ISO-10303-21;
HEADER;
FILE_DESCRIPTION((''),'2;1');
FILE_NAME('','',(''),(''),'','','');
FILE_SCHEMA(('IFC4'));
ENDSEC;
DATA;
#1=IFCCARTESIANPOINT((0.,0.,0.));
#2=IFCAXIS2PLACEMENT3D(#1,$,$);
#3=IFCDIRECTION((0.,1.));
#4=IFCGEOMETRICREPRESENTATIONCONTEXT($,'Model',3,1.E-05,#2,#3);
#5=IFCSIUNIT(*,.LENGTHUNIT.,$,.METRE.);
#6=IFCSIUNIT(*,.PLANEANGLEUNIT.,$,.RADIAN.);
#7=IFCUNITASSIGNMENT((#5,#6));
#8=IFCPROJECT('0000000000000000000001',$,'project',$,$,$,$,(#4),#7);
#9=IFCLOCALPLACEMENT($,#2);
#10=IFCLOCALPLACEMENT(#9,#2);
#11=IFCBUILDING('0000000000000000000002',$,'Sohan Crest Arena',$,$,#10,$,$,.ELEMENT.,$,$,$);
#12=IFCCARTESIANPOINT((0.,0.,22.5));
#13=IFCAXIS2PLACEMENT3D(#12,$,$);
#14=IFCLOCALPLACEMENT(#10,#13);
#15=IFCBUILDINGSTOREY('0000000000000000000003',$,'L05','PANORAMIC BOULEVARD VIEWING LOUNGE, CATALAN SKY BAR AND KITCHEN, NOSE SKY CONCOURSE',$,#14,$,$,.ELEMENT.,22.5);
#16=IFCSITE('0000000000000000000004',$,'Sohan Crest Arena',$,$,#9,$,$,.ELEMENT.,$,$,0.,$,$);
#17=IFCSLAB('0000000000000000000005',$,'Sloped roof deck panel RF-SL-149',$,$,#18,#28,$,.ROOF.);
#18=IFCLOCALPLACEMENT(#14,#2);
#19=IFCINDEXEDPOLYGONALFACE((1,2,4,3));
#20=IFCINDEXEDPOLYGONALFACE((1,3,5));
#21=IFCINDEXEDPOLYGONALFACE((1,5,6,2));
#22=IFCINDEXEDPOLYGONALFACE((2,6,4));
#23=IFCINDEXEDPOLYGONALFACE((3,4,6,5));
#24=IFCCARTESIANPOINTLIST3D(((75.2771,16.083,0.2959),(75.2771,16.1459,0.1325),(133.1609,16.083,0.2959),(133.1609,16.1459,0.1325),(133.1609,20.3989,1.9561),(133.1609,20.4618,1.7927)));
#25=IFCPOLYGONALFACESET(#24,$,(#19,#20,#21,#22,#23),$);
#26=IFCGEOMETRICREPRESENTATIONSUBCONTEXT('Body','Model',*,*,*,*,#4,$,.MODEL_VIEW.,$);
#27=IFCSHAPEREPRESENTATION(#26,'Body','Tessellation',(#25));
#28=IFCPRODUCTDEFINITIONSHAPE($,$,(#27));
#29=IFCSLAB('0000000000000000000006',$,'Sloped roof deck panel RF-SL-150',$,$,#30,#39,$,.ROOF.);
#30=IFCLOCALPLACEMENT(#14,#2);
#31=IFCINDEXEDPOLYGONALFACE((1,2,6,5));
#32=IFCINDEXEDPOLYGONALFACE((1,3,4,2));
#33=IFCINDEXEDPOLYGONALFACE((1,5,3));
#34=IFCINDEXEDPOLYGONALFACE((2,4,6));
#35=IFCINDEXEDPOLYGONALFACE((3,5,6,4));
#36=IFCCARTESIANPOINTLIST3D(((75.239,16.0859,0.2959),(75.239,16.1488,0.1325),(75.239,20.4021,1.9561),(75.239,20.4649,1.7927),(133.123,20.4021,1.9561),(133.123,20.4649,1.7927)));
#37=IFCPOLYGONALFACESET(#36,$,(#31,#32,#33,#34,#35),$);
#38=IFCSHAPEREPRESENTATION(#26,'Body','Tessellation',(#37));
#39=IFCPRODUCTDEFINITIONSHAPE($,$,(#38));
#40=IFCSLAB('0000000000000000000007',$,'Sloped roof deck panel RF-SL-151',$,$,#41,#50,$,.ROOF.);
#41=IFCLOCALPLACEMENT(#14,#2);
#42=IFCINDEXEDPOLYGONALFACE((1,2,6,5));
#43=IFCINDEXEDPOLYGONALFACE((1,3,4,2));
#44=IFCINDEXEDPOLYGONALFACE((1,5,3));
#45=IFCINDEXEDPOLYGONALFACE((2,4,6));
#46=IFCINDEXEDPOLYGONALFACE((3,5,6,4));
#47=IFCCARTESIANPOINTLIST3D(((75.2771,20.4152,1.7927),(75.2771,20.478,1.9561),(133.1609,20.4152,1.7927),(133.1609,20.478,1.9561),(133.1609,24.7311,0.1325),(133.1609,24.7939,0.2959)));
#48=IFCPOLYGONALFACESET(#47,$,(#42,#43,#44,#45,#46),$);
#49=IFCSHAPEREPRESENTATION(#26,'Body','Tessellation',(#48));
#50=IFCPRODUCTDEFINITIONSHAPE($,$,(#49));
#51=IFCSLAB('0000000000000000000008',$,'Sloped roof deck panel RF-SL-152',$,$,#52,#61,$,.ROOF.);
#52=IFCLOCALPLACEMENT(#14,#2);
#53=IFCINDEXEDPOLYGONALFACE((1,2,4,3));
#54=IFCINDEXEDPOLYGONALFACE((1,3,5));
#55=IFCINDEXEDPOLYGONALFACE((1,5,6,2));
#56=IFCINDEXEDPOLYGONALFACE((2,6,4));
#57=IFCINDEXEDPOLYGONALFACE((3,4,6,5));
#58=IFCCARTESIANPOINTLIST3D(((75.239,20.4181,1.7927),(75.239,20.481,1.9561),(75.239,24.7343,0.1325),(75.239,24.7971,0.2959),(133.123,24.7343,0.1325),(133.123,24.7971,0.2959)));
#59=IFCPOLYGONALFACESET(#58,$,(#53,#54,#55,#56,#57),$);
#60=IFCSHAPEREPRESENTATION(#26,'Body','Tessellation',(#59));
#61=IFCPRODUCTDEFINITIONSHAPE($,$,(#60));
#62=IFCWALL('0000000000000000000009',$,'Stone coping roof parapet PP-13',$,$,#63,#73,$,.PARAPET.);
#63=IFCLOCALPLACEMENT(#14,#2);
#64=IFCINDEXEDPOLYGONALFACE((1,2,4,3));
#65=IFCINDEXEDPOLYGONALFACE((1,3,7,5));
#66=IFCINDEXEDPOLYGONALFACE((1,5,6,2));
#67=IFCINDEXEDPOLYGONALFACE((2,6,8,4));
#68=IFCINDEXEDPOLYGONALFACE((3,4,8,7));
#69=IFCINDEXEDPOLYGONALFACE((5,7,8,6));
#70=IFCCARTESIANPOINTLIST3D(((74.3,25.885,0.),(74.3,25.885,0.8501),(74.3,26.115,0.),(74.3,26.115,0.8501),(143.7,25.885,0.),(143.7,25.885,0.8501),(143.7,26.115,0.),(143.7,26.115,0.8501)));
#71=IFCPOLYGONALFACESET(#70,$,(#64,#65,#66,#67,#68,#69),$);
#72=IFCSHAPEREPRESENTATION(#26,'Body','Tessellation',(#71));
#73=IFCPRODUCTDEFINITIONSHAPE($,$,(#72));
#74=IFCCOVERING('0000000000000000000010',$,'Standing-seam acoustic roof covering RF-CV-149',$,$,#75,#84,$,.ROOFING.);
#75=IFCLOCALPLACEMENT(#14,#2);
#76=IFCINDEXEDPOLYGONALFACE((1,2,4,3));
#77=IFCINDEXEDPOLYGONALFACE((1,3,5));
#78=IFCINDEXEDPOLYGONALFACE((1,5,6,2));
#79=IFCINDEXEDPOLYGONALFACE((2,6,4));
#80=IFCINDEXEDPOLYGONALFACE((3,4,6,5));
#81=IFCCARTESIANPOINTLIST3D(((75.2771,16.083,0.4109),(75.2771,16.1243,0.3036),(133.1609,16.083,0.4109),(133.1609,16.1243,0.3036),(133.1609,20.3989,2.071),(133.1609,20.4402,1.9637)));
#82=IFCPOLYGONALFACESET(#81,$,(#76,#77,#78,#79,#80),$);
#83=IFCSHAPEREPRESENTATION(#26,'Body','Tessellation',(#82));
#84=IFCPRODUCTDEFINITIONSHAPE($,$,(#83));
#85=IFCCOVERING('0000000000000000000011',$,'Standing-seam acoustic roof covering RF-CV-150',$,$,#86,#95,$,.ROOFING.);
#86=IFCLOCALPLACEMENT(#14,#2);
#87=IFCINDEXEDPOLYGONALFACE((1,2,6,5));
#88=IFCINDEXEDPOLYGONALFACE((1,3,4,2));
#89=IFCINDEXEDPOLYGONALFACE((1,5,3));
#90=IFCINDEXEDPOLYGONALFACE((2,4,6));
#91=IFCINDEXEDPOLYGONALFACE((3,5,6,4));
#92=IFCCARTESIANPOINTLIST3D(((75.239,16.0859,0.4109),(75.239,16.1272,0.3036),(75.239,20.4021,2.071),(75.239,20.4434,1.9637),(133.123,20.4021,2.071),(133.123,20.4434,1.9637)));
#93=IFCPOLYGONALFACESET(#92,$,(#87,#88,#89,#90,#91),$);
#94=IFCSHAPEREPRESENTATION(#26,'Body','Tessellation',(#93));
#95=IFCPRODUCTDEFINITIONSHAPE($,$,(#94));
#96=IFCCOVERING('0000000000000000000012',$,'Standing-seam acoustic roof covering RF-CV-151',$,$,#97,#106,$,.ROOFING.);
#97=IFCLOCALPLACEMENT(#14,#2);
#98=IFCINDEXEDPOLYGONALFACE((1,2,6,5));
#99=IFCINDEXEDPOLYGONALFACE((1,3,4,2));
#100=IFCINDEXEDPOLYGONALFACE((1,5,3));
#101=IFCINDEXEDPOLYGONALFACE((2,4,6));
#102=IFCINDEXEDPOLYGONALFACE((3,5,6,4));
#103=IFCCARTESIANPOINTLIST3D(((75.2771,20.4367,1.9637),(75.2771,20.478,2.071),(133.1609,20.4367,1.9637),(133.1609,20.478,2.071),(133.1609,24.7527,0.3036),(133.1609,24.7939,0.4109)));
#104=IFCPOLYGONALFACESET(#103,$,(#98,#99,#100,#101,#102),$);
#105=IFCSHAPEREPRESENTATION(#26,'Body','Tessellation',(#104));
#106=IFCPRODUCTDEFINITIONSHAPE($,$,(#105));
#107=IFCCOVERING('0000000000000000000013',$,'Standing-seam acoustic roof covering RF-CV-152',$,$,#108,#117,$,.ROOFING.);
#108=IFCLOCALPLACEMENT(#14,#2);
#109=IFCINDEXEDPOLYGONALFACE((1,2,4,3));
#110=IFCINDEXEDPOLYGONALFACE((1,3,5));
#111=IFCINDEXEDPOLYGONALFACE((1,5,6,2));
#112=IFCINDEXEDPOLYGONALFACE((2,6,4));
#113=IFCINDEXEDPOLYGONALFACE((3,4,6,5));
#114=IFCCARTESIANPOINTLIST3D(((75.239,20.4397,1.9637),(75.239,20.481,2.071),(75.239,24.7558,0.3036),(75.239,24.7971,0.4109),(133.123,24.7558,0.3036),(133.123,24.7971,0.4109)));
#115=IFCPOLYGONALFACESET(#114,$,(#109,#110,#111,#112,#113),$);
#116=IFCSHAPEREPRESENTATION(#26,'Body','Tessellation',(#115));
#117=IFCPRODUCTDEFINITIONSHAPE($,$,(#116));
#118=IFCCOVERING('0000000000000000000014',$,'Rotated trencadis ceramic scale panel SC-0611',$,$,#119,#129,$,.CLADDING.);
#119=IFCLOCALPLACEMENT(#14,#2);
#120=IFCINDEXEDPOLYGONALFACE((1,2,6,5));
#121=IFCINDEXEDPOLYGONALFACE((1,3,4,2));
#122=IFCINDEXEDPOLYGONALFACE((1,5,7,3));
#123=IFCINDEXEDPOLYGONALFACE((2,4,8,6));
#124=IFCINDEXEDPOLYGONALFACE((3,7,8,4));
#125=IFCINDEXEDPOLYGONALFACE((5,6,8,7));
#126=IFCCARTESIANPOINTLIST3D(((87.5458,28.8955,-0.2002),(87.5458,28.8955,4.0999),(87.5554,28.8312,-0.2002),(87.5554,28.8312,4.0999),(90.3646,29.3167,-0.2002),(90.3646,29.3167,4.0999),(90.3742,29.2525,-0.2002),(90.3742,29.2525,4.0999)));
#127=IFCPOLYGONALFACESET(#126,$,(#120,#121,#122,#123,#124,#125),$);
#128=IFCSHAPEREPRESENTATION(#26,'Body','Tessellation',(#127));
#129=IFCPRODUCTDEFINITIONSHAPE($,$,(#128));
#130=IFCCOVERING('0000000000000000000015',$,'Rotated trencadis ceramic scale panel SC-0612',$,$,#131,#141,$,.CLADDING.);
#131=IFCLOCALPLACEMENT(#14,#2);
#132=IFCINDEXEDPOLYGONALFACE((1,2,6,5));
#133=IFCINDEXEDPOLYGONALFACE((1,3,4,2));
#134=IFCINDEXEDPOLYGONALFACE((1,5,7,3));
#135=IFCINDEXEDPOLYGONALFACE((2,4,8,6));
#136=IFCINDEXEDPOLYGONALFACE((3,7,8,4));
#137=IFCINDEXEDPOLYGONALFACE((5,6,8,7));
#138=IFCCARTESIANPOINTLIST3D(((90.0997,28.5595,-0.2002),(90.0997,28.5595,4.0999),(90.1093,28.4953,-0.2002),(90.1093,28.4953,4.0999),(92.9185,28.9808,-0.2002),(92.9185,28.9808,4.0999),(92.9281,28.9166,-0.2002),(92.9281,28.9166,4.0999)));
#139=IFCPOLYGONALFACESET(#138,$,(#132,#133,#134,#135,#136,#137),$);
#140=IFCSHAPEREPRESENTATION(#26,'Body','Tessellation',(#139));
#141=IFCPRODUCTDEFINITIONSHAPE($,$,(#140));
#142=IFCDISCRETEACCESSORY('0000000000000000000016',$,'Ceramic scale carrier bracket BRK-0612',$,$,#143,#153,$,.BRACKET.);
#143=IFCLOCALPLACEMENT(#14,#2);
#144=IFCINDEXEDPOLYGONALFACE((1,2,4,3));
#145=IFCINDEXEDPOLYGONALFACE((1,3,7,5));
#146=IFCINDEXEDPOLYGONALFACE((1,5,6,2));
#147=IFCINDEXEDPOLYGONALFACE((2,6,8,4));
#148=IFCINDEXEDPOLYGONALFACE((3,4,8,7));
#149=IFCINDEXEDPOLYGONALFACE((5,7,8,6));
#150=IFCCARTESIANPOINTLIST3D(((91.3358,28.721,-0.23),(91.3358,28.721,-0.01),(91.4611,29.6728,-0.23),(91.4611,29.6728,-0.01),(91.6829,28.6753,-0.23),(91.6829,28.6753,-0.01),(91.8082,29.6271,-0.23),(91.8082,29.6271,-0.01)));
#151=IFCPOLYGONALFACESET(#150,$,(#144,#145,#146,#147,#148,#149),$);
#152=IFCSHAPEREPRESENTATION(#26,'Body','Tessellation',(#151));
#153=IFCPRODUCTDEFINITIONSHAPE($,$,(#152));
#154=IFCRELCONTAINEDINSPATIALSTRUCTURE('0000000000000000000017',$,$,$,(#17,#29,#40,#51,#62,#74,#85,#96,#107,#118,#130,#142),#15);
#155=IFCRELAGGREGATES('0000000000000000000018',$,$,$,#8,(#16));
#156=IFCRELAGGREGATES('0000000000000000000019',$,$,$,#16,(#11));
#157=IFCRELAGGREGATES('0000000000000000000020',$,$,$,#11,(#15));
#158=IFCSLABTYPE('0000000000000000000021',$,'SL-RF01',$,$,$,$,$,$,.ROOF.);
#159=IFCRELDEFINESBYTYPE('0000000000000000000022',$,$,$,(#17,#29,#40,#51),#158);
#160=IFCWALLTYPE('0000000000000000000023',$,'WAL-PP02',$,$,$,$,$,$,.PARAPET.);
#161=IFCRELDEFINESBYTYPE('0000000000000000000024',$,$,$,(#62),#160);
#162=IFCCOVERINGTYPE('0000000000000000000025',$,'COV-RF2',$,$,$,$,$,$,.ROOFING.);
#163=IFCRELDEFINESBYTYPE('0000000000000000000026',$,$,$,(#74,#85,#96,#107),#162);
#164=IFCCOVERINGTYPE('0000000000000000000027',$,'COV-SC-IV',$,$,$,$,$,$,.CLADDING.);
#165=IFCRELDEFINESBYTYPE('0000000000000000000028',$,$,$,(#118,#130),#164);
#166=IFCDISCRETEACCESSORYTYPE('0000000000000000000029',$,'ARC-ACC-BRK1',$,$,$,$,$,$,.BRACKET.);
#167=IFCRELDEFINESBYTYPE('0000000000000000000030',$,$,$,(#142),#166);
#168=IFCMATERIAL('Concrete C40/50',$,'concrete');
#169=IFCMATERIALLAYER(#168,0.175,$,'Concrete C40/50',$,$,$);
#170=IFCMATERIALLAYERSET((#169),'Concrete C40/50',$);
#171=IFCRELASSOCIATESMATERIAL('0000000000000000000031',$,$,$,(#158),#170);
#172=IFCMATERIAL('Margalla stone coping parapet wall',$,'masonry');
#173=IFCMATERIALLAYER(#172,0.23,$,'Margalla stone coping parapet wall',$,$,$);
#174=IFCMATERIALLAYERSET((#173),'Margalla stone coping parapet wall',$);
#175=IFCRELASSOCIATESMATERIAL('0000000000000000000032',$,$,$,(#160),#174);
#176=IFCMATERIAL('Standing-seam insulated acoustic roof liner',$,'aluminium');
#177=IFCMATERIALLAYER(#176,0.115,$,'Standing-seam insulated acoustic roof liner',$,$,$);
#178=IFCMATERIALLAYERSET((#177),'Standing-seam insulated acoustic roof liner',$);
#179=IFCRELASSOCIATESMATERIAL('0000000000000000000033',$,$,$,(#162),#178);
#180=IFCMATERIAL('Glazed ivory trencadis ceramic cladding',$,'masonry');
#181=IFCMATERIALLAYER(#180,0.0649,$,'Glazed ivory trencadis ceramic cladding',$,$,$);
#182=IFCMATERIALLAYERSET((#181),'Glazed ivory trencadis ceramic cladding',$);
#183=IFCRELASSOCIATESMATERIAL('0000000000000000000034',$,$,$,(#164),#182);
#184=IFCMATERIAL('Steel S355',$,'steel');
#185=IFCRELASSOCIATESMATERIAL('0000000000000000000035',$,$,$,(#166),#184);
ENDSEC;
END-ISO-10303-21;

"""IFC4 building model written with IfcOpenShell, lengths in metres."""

from ifc_helpers import new_model, si_unit, direction, frame, frame_2d, origin, origin_2d, place, context, subcontext, project, spatial, polyline, rectangle, outline, extrude, material, layer, layer_set, type_object, element, save


model = new_model("IFC4")

# Units and contexts
model_context = context("Model", 3, precision=1e-05, world=origin(), true_north=direction((0.0, 1.0)))
body_context = subcontext(model_context, "Body", "Model", "MODEL_VIEW")
ifc_project = project(units=[si_unit("LENGTHUNIT", "METRE"), si_unit("PLANEANGLEUNIT", "RADIAN")], contexts=[model_context])

# Site, building, storey
site_placement = place(None, origin())
site = spatial("IfcSite", under=ifc_project, at=site_placement, Name="Sohan Crest Arena", CompositionType="ELEMENT", RefElevation=0.0)
building_placement = place(site_placement, origin())
building = spatial("IfcBuilding", under=site, at=building_placement, Name="Sohan Crest Arena", CompositionType="ELEMENT")
storey_placement = place(building_placement, frame((0.0, 0.0, 22.5)))
storey = spatial("IfcBuildingStorey", under=building, at=storey_placement, Name="L05", Description="PANORAMIC BOULEVARD VIEWING LOUNGE, CATALAN SKY BAR AND KITCHEN, NOSE SKY CONCOURSE", CompositionType="ELEMENT", Elevation=22.5)

# Shared definitions
ifc_material_1 = material(Name="Steel S355", Category="steel")

# Slabs
ifc_material_2 = material(Name="Concrete C40/50", Category="concrete")
ifc_layer_1 = layer(ifc_material_2, 0.175, Name="Concrete C40/50")
ifc_layer_set_1 = layer_set([ifc_layer_1], Name="Concrete C40/50")
slab_type = type_object("IfcSlabType", Name="SL-RF01", PredefinedType="ROOF", material=ifc_layer_set_1)
slab_1_placement = place(storey_placement, frame((75.2771, 16.083, 0.2959), z_axis=(0.0, -0.359014, 0.933332), x_axis=(1.0, 0.0, 0.0)))
element("IfcSlab", 1, at=slab_1_placement, inside=storey, type_object=slab_type, Name="Sloped roof deck panel RF-SL-149", PredefinedType="ROOF", context=body_context, shape_type="SweptSolid", body=[
    extrude(outline(polyline([(0.0, 0.0), (57.8838, 0.0), (57.8838, 4.6242), (0.0, 0.0)])), origin(), (0.0, 0.0, -1.0), 0.175),
])
slab_2_placement = place(storey_placement, frame((75.239, 16.0859, 0.2959), z_axis=(0.0, -0.358997, 0.933339), x_axis=(0.996824, 0.074329, 0.02859)))
element("IfcSlab", 2, at=slab_2_placement, inside=storey, type_object=slab_type, Name="Sloped roof deck panel RF-SL-150", PredefinedType="ROOF", context=body_context, shape_type="SweptSolid", body=[
    extrude(outline(polyline([(0.0, 0.0), (58.0685, 0.0), (0.3683, 4.6097), (0.0, 0.0)])), origin(), (0.0, 0.0, -1.0), 0.175),
])
slab_3_placement = place(storey_placement, frame((75.2771, 20.478, 1.9561), z_axis=(0.0, 0.359014, 0.933332), x_axis=(1.0, 0.0, 0.0)))
element("IfcSlab", 3, at=slab_3_placement, inside=storey, type_object=slab_type, Name="Sloped roof deck panel RF-SL-151", PredefinedType="ROOF", context=body_context, shape_type="SweptSolid", body=[
    extrude(outline(polyline([(0.0, 0.0), (57.8838, 0.0), (57.8838, 4.6242), (0.0, 0.0)])), origin(), (0.0, 0.0, -1.0), 0.175),
])
slab_4_placement = place(storey_placement, frame((75.239, 20.481, 1.9561), z_axis=(0.0, 0.358997, 0.933339), x_axis=(0.996824, 0.074329, -0.02859)))
element("IfcSlab", 4, at=slab_4_placement, inside=storey, type_object=slab_type, Name="Sloped roof deck panel RF-SL-152", PredefinedType="ROOF", context=body_context, shape_type="SweptSolid", body=[
    extrude(outline(polyline([(0.0, 0.0), (58.0685, 0.0), (0.3683, 4.6097), (0.0, 0.0)])), origin(), (0.0, 0.0, -1.0), 0.175),
])

# Wall
ifc_material_3 = material(Name="Margalla stone coping parapet wall", Category="masonry")
ifc_layer_2 = layer(ifc_material_3, 0.23, Name="Margalla stone coping parapet wall")
ifc_layer_set_2 = layer_set([ifc_layer_2], Name="Margalla stone coping parapet wall")
wall_type = type_object("IfcWallType", Name="WAL-PP02", PredefinedType="PARAPET", material=ifc_layer_set_2)
wall_placement = place(storey_placement, frame((74.3, 26.0, 0.0), z_axis=(0.0, 0.0, 1.0), x_axis=(1.0, 0.0, 0.0)))
element("IfcWall", 5, at=wall_placement, inside=storey, type_object=wall_type, Name="Stone coping roof parapet PP-13", PredefinedType="PARAPET", context=body_context, shape_type="SweptSolid", body=[
    extrude(rectangle(XDim=69.3999, YDim=0.23, at=frame_2d((34.7, 0.0))), origin(), (0.0, 0.0, 1.0), 0.8501),
])

# Coverings
ifc_material_4 = material(Name="Standing-seam insulated acoustic roof liner", Category="aluminium")
ifc_layer_3 = layer(ifc_material_4, 0.115, Name="Standing-seam insulated acoustic roof liner")
ifc_layer_set_3 = layer_set([ifc_layer_3], Name="Standing-seam insulated acoustic roof liner")
covering_type_1 = type_object("IfcCoveringType", Name="COV-RF2", PredefinedType="ROOFING", material=ifc_layer_set_3)
covering_1_placement = place(storey_placement, frame((75.2771, 16.083, 0.4109), z_axis=(0.0, -0.359014, 0.933332), x_axis=(1.0, 0.0, 0.0)))
element("IfcCovering", 6, at=covering_1_placement, inside=storey, type_object=covering_type_1, Name="Standing-seam acoustic roof covering RF-CV-149", PredefinedType="ROOFING", context=body_context, shape_type="SweptSolid", body=[
    extrude(outline(polyline([(0.0, 0.0), (57.8838, 0.0), (57.8838, 4.6242), (0.0, 0.0)])), origin(), (0.0, 0.0, -1.0), 0.115),
])
covering_2_placement = place(storey_placement, frame((75.239, 16.0859, 0.4109), z_axis=(0.0, -0.358997, 0.933339), x_axis=(0.996824, 0.074329, 0.02859)))
element("IfcCovering", 7, at=covering_2_placement, inside=storey, type_object=covering_type_1, Name="Standing-seam acoustic roof covering RF-CV-150", PredefinedType="ROOFING", context=body_context, shape_type="SweptSolid", body=[
    extrude(outline(polyline([(0.0, 0.0), (58.0685, 0.0), (0.3683, 4.6097), (0.0, 0.0)])), origin(), (0.0, 0.0, -1.0), 0.115),
])
covering_3_placement = place(storey_placement, frame((75.2771, 20.478, 2.071), z_axis=(0.0, 0.359014, 0.933332), x_axis=(1.0, 0.0, 0.0)))
element("IfcCovering", 8, at=covering_3_placement, inside=storey, type_object=covering_type_1, Name="Standing-seam acoustic roof covering RF-CV-151", PredefinedType="ROOFING", context=body_context, shape_type="SweptSolid", body=[
    extrude(outline(polyline([(0.0, 0.0), (57.8838, 0.0), (57.8838, 4.6242), (0.0, 0.0)])), origin(), (0.0, 0.0, -1.0), 0.115),
])
covering_4_placement = place(storey_placement, frame((75.239, 20.481, 2.071), z_axis=(0.0, 0.358997, 0.933339), x_axis=(0.996824, 0.074329, -0.02859)))
element("IfcCovering", 9, at=covering_4_placement, inside=storey, type_object=covering_type_1, Name="Standing-seam acoustic roof covering RF-CV-152", PredefinedType="ROOFING", context=body_context, shape_type="SweptSolid", body=[
    extrude(outline(polyline([(0.0, 0.0), (58.0685, 0.0), (0.3683, 4.6097), (0.0, 0.0)])), origin(), (0.0, 0.0, -1.0), 0.115),
])
ifc_material_5 = material(Name="Glazed ivory trencadis ceramic cladding", Category="masonry")
ifc_layer_4 = layer(ifc_material_5, 0.0649, Name="Glazed ivory trencadis ceramic cladding")
ifc_layer_set_4 = layer_set([ifc_layer_4], Name="Glazed ivory trencadis ceramic cladding")
covering_type_2 = type_object("IfcCoveringType", Name="COV-SC-IV", PredefinedType="CLADDING", material=ifc_layer_set_4)
for number, where, z_axis, x_axis, name in (
    (10, (88.96, 29.074, -0.2002), (0.0, 0.0, 1.0), (0.989016, 0.147809, 0.0), "Rotated trencadis ceramic scale panel SC-0611"),
    (11, (91.5139, 28.738, -0.2002), (0.0, 0.0, 1.0), (0.989016, 0.147809, 0.0), "Rotated trencadis ceramic scale panel SC-0612"),
):
    element("IfcCovering", number, at=place(storey_placement, frame(where, z_axis=z_axis, x_axis=x_axis)), inside=storey, type_object=covering_type_2, Name=name, PredefinedType="CLADDING", context=body_context, shape_type="SweptSolid", body=[
        extrude(rectangle(XDim=2.8501, YDim=0.0649, at=origin_2d()), origin(), (0.0, 0.0, 1.0), 4.3),
    ])

# Discrete accessory
discrete_accessory_type = type_object("IfcDiscreteAccessoryType", Name="ARC-ACC-BRK1", PredefinedType="BRACKET", material=ifc_material_1)
discrete_accessory_placement = place(storey_placement, frame((91.572, 29.1741, -0.23), z_axis=(0.0, 0.0, 1.0), x_axis=(0.991445, -0.130526, 0.0)))
element("IfcDiscreteAccessory", 12, at=discrete_accessory_placement, inside=storey, type_object=discrete_accessory_type, Name="Ceramic scale carrier bracket BRK-0612", PredefinedType="BRACKET", context=body_context, shape_type="SweptSolid", body=[
    extrude(rectangle(XDim=0.3501, YDim=0.96, at=origin_2d()), origin(), (0.0, 0.0, 1.0), 0.22),
])

save(model, "model.ifc")
